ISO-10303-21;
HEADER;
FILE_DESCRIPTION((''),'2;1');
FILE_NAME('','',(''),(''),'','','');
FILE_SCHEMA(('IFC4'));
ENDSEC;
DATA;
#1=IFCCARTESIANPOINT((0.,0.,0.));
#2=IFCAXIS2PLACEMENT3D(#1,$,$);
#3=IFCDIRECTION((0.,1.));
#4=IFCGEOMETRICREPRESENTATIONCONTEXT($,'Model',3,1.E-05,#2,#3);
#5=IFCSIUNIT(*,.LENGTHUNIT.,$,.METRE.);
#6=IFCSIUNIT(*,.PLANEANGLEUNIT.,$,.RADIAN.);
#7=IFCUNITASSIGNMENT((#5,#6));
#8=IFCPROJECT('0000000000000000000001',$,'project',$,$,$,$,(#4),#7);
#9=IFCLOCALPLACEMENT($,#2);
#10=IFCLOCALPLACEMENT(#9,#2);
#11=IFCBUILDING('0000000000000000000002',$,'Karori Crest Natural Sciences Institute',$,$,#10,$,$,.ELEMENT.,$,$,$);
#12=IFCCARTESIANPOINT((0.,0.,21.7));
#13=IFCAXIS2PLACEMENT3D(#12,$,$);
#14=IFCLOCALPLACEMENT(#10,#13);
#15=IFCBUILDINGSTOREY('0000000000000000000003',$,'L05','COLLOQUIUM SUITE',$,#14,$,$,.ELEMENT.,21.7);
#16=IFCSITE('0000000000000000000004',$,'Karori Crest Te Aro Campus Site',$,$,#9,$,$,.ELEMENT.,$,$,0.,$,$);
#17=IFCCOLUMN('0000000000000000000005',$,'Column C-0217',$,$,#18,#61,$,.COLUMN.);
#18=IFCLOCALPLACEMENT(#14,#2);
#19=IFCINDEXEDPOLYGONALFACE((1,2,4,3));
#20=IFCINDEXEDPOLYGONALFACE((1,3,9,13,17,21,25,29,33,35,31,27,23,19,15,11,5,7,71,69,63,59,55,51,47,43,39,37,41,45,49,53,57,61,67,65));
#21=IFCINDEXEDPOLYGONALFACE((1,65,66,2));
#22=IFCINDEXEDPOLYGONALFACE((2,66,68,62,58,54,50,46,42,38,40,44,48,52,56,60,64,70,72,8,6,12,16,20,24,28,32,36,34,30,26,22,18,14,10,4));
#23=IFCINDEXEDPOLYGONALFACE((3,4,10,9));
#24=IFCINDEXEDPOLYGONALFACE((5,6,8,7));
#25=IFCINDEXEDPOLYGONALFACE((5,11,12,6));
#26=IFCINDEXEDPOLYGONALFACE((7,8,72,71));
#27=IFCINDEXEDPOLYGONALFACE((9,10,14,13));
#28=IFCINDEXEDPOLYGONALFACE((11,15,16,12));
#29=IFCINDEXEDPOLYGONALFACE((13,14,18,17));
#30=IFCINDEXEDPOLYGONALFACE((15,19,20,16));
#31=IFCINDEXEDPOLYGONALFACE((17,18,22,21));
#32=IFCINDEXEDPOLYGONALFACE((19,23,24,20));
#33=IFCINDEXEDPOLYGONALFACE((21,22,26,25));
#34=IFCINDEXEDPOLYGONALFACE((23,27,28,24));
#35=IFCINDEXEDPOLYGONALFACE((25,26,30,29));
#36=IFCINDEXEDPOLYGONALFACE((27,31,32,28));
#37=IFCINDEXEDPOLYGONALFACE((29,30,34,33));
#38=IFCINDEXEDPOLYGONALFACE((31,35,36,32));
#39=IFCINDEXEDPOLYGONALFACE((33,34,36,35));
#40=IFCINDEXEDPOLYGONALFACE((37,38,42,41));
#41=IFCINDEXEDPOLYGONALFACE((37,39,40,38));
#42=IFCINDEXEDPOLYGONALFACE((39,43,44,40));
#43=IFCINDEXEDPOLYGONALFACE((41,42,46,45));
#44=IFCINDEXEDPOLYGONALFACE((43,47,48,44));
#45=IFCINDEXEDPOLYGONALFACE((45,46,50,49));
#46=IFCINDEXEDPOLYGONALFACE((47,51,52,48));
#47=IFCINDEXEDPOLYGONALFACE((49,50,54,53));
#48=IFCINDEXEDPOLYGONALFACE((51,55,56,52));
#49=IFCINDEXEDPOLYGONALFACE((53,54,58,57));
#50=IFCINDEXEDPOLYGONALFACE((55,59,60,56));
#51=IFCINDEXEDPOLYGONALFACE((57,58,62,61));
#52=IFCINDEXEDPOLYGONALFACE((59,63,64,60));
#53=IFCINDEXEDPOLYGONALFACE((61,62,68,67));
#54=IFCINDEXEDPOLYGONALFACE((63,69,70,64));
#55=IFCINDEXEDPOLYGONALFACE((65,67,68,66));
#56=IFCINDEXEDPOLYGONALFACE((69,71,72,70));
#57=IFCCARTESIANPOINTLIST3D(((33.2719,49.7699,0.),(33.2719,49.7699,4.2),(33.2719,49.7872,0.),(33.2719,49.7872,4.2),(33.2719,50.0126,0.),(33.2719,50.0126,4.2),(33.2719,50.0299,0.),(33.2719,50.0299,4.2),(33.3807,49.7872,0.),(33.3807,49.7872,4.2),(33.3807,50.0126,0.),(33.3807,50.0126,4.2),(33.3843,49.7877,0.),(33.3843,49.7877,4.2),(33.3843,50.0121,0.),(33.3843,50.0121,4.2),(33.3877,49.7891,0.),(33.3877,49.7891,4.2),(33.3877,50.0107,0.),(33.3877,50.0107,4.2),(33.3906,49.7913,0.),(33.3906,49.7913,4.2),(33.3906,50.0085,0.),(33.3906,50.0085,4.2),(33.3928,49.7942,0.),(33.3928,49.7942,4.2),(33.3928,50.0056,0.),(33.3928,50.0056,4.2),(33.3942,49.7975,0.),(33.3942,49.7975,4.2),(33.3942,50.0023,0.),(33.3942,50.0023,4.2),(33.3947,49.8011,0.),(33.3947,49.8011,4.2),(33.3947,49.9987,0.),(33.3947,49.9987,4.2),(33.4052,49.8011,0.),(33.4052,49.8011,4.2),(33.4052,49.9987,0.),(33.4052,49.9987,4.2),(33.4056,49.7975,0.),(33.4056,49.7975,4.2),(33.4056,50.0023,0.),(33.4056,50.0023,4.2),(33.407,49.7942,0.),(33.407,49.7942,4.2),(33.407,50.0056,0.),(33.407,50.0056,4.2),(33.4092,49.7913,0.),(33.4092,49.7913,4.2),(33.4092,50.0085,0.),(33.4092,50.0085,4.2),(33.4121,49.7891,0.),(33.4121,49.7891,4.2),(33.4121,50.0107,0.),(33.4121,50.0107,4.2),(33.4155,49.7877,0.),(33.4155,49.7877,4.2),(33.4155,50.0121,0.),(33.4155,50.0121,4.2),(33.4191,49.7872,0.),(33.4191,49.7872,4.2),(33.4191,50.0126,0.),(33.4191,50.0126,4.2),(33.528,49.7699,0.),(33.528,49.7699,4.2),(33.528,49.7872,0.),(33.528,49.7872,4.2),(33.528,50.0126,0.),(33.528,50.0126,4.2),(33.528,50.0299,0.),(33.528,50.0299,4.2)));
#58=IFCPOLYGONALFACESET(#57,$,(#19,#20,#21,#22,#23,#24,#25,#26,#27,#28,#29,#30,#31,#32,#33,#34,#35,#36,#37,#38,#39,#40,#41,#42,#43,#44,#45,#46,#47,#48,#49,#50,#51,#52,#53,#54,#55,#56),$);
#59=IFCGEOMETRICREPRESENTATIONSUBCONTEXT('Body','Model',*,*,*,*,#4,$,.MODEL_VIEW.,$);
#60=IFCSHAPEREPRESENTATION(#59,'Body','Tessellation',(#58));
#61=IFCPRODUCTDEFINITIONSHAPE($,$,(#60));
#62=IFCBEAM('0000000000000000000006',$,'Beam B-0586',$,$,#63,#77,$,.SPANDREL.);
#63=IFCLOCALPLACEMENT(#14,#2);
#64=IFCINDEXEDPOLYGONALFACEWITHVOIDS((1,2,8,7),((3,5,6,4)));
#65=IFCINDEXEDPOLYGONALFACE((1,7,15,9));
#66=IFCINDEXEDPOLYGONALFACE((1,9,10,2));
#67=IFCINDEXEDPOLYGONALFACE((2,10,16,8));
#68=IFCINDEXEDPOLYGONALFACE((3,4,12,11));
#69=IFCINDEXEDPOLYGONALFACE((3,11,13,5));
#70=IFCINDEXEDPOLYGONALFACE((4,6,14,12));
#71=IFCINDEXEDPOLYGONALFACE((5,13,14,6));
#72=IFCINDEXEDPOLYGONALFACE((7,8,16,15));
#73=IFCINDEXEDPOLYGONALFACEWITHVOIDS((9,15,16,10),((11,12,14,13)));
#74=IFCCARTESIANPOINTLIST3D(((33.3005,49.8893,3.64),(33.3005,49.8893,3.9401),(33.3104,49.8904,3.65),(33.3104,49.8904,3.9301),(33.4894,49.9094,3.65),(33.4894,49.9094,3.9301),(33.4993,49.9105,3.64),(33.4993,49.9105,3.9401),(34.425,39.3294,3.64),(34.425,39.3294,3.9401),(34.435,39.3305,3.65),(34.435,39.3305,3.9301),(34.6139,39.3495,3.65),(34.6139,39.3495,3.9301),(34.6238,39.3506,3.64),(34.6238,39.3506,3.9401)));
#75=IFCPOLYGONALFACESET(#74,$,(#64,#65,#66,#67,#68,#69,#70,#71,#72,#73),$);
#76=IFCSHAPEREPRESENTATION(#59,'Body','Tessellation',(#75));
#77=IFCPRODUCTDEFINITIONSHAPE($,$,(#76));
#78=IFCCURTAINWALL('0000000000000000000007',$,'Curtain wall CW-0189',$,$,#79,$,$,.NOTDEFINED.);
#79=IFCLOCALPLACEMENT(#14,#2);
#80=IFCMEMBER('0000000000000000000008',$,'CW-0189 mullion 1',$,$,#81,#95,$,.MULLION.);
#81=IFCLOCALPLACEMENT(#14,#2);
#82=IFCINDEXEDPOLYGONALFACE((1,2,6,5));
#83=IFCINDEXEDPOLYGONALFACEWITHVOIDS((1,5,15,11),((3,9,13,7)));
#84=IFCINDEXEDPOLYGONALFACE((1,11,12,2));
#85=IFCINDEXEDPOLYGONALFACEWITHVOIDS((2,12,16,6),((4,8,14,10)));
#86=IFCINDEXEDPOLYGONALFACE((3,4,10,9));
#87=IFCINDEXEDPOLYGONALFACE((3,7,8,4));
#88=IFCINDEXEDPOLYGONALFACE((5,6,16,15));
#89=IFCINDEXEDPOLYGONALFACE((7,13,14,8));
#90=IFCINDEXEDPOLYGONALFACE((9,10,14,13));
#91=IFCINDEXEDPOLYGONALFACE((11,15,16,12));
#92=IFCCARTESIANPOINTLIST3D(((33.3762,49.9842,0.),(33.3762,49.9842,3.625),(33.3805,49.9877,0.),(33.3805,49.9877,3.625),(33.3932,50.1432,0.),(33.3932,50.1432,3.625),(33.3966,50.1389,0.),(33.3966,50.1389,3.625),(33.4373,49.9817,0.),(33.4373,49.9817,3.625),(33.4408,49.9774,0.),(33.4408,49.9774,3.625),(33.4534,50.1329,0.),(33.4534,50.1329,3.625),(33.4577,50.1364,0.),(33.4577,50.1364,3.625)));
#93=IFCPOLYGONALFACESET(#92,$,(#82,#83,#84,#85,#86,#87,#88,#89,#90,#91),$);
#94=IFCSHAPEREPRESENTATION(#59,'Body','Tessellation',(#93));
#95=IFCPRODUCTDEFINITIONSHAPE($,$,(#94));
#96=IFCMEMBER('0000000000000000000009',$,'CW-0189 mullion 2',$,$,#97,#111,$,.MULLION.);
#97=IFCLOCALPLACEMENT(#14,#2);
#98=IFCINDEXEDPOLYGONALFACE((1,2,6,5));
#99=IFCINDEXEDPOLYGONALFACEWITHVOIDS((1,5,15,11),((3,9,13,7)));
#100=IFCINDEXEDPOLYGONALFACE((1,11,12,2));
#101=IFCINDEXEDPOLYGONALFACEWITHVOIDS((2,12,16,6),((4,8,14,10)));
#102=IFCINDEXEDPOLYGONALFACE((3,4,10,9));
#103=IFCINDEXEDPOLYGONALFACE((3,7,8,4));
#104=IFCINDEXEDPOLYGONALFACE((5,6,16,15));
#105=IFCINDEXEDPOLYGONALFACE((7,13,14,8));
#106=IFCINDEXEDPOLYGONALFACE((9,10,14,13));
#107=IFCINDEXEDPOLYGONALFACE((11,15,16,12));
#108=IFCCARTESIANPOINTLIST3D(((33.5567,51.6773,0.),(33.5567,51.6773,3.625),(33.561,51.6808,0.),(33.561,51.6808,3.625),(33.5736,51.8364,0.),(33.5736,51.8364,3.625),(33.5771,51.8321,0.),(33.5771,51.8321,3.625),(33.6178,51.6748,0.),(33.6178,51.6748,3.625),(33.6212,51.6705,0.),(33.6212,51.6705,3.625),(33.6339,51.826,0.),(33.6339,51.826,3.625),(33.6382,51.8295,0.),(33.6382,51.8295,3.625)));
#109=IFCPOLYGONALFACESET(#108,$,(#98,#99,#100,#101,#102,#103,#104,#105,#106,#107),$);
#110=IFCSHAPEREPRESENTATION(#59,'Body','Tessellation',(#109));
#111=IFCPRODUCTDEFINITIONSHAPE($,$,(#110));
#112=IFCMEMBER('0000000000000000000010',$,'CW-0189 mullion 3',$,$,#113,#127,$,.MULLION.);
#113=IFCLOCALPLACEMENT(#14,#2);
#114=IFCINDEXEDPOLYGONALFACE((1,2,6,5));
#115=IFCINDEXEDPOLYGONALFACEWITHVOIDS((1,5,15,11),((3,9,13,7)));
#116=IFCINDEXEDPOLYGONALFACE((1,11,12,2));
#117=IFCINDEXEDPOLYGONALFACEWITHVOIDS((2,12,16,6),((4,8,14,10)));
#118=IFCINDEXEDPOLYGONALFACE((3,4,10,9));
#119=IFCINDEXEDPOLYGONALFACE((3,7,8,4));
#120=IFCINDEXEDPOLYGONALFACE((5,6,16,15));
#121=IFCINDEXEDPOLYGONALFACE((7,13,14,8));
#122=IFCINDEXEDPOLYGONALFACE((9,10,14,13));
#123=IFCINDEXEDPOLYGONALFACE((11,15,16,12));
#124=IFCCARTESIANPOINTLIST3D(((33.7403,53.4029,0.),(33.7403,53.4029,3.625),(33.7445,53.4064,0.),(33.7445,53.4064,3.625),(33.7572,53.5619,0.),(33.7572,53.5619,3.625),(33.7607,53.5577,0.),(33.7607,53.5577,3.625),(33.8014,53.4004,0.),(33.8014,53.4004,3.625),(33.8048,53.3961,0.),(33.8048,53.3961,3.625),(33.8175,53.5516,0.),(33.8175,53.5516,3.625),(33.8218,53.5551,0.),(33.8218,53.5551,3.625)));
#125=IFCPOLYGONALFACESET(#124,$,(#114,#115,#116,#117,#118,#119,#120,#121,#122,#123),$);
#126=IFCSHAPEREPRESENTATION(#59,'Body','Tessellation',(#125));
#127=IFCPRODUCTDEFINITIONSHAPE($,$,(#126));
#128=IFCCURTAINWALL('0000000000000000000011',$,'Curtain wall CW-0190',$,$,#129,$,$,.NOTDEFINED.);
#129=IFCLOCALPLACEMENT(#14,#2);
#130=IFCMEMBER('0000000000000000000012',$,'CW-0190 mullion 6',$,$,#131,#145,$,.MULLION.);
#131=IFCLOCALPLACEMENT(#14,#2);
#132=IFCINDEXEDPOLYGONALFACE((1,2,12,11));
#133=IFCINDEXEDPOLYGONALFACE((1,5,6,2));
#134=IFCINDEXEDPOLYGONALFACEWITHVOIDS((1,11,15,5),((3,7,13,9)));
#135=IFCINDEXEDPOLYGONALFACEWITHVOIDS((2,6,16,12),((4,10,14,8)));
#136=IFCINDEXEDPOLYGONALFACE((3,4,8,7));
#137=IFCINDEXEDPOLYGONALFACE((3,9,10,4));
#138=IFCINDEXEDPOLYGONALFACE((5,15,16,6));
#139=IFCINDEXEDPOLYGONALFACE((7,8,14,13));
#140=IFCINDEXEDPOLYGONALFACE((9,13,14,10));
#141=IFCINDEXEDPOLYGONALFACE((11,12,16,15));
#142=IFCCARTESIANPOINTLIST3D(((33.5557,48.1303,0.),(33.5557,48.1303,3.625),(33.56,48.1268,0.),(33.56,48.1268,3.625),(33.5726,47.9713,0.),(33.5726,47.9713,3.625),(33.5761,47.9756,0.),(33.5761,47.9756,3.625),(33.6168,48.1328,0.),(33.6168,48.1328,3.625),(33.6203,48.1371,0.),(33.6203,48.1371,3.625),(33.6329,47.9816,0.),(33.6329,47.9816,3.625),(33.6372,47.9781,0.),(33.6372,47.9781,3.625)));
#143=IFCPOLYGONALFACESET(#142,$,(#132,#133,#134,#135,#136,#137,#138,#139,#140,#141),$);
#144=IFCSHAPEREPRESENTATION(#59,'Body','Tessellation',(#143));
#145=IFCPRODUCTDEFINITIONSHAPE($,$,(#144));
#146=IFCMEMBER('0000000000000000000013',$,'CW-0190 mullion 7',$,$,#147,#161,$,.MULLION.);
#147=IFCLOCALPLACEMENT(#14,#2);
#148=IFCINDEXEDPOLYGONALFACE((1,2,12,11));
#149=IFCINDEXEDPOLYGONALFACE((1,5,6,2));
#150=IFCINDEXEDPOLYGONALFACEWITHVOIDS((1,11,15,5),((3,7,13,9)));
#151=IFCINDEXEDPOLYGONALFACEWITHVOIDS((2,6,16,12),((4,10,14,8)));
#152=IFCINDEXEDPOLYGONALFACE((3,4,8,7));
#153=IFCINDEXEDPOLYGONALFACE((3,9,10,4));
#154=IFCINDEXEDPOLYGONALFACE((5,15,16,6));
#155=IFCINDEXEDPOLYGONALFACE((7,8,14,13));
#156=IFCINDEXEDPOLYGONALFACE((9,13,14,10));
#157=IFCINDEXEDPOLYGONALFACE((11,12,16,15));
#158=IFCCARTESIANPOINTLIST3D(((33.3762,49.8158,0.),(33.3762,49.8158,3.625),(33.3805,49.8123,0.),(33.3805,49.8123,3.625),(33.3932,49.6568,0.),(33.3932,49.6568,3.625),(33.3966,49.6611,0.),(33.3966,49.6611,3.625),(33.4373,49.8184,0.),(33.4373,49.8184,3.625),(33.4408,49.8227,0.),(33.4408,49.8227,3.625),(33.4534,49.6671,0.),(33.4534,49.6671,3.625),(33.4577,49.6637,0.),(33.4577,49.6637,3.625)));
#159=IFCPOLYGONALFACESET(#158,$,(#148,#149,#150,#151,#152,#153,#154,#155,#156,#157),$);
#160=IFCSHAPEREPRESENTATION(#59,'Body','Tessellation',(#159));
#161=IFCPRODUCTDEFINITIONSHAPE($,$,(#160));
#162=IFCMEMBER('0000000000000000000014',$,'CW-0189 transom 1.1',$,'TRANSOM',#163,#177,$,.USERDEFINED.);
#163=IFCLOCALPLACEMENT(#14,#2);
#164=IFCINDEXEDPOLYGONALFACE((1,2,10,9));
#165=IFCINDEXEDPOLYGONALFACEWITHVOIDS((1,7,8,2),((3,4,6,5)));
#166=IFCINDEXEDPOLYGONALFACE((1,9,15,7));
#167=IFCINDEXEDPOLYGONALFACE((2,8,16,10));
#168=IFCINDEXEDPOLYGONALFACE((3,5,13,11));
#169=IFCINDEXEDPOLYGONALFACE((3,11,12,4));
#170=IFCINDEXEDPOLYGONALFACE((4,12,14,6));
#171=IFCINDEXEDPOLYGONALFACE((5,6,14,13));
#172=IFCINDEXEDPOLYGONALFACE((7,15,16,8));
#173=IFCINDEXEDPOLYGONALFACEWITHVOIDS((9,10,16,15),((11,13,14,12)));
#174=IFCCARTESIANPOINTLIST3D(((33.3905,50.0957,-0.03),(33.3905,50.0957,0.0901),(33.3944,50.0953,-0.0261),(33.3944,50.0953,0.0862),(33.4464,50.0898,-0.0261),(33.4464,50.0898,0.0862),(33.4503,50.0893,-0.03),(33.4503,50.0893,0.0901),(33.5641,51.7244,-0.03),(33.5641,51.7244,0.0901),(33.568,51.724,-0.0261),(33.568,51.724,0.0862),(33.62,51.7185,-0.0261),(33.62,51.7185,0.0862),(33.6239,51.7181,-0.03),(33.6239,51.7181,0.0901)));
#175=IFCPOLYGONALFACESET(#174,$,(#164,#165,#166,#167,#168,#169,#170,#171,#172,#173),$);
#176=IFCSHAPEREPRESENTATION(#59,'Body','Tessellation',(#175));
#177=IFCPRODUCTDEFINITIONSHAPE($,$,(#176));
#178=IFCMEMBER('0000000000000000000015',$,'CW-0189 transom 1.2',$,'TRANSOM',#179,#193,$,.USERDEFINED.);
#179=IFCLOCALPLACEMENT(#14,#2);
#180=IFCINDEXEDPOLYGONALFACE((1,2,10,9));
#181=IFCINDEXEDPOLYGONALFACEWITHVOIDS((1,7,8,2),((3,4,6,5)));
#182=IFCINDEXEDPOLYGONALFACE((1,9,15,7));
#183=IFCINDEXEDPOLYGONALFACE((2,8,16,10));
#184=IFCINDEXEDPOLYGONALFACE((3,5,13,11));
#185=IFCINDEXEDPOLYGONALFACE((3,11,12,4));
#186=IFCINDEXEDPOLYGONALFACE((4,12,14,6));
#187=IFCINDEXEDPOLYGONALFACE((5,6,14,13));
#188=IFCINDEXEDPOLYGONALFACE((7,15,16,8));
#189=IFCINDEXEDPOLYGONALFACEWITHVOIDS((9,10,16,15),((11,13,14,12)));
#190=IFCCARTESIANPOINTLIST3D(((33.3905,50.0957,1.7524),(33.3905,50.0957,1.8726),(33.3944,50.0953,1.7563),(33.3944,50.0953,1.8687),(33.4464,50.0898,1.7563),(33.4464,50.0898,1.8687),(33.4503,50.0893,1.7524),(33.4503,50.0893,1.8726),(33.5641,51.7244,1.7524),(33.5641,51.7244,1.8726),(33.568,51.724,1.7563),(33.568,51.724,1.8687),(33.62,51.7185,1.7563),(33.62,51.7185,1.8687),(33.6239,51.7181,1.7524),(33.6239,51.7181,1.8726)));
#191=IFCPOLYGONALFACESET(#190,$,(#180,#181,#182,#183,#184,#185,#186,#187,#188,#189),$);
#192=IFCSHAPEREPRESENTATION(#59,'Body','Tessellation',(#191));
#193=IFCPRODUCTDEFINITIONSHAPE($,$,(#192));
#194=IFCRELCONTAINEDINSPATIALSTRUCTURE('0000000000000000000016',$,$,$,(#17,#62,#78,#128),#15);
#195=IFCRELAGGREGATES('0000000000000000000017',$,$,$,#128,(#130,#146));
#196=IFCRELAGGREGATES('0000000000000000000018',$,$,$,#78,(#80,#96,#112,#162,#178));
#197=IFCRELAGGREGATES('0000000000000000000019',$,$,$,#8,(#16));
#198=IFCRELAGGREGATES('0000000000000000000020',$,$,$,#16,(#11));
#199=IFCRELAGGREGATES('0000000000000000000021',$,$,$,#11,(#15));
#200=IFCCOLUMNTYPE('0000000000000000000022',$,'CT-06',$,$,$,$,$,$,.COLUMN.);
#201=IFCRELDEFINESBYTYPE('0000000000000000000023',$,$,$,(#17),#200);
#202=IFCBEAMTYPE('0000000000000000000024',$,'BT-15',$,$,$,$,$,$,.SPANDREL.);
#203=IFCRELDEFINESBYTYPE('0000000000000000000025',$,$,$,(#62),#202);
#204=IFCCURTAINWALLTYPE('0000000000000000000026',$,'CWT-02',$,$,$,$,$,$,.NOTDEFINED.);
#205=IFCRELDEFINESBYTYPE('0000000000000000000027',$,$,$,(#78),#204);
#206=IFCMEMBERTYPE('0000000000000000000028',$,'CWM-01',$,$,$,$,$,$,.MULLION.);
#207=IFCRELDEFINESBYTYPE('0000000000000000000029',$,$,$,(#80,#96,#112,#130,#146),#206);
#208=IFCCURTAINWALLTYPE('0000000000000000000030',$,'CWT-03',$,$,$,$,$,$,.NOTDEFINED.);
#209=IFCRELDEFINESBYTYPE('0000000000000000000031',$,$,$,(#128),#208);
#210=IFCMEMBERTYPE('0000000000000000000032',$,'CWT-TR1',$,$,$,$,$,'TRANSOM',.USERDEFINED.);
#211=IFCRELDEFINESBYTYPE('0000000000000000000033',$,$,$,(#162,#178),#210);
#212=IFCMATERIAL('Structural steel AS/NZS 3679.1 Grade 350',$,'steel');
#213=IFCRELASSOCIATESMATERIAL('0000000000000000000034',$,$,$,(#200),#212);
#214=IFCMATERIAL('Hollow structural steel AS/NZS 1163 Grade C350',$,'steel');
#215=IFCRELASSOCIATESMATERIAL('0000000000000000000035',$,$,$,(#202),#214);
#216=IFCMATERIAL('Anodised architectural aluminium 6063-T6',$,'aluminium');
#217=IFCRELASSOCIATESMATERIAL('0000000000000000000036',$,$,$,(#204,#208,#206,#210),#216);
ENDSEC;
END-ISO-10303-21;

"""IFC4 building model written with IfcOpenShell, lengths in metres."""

from ifc_helpers import new_model, si_unit, direction, frame, origin, origin_2d, place, context, subcontext, project, spatial, hollow_rectangle, i_section, extrude, material, material_profile, profile_set, type_object, element, aggregate, save


model = new_model("IFC4")

# Units and contexts
model_context = context("Model", 3, precision=1e-05, world=origin(), true_north=direction((0.0, 1.0)))
body_context = subcontext(model_context, "Body", "Model", "MODEL_VIEW")
ifc_project = project(units=[si_unit("LENGTHUNIT", "METRE"), si_unit("PLANEANGLEUNIT", "RADIAN")], contexts=[model_context])

# Site, building, storey
site_placement = place(None, origin())
site = spatial("IfcSite", under=ifc_project, at=site_placement, Name="Karori Crest Te Aro Campus Site", CompositionType="ELEMENT", RefElevation=0.0)
building_placement = place(site_placement, origin())
building = spatial("IfcBuilding", under=site, at=building_placement, Name="Karori Crest Natural Sciences Institute", CompositionType="ELEMENT")
storey_placement = place(building_placement, frame((0.0, 0.0, 21.7)))
storey = spatial("IfcBuildingStorey", under=building, at=storey_placement, Name="L05", Description="COLLOQUIUM SUITE", CompositionType="ELEMENT", Elevation=21.7)

# Column
ifc_material_1 = material(Name="Structural steel AS/NZS 3679.1 Grade 350", Category="steel")
ifc_material_profile_1 = material_profile(ifc_material_1, i_section(OverallWidth=0.2561, OverallDepth=0.26, WebThickness=0.0105, FlangeThickness=0.0173, FilletRadius=0.0139, at=origin_2d()), Name="250UC89.5")
ifc_profile_set_1 = profile_set([ifc_material_profile_1], Name="Structural steel AS/NZS 3679.1 Grade 350")
column_type = type_object("IfcColumnType", Name="CT-06", PredefinedType="COLUMN", material=ifc_profile_set_1)
column_placement = place(storey_placement, frame((33.3999, 49.8999, 0.0), z_axis=(0.0, 0.0, 1.0), x_axis=(1.0, 0.0, 0.0)))
element("IfcColumn", 1, at=column_placement, inside=storey, type_object=column_type, Name="Column C-0217", PredefinedType="COLUMN", context=body_context, shape_type="SweptSolid", body=[
    extrude(i_section(OverallWidth=0.2561, OverallDepth=0.26, WebThickness=0.0105, FlangeThickness=0.0173, FilletRadius=0.0139, at=origin_2d()), origin(), (0.0, 0.0, 1.0), 4.2),
])

# Beam
ifc_material_2 = material(Name="Hollow structural steel AS/NZS 1163 Grade C350", Category="steel")
ifc_material_profile_2 = material_profile(ifc_material_2, hollow_rectangle(XDim=0.2, YDim=0.3, WallThickness=0.01, at=origin_2d()), Name="RHS300x200x10")
ifc_profile_set_2 = profile_set([ifc_material_profile_2], Name="Hollow structural steel AS/NZS 1163 Grade C350")
beam_type = type_object("IfcBeamType", Name="BT-15", PredefinedType="SPANDREL", material=ifc_profile_set_2)
beam_placement = place(storey_placement, frame((33.3999, 49.8999, 3.79), z_axis=(0.105891, -0.994378, 0.0), x_axis=(0.994378, 0.105891, 0.0)))
element("IfcBeam", 2, at=beam_placement, inside=storey, type_object=beam_type, Name="Beam B-0586", PredefinedType="SPANDREL", context=body_context, shape_type="SweptSolid", body=[
    extrude(hollow_rectangle(XDim=0.2, YDim=0.3, WallThickness=0.01, at=origin_2d()), origin(), (0.0, 0.0, 1.0), 10.6196),
])

# Curtain walls, members
ifc_material_3 = material(Name="Anodised architectural aluminium 6063-T6", Category="aluminium")
curtain_wall_type_1 = type_object("IfcCurtainWallType", Name="CWT-02", PredefinedType="NOTDEFINED", material=ifc_material_3)
curtain_wall_1_placement = place(storey_placement, origin())
curtain_wall_1 = element("IfcCurtainWall", 3, at=curtain_wall_1_placement, inside=storey, type_object=curtain_wall_type_1, Name="Curtain wall CW-0189", PredefinedType="NOTDEFINED")
ifc_material_profile_3 = material_profile(ifc_material_3, hollow_rectangle(XDim=0.0649, YDim=0.1599, WallThickness=0.0039, at=origin_2d()), Name="CWM160x65x4")
ifc_profile_set_3 = profile_set([ifc_material_profile_3], Name="Anodised architectural aluminium 6063-T6")
member_type_1 = type_object("IfcMemberType", Name="CWM-01", PredefinedType="MULLION", material=ifc_profile_set_3)
member_1_placement = place(storey_placement, frame((33.417, 50.0603, 0.0), z_axis=(0.0, 0.0, 1.0), x_axis=(-0.994378, 0.105886, 0.0)))
member_1 = element("IfcMember", 4, at=member_1_placement, type_object=member_type_1, Name="CW-0189 mullion 1", PredefinedType="MULLION", context=body_context, shape_type="SweptSolid", body=[
    extrude(hollow_rectangle(XDim=0.0649, YDim=0.1599, WallThickness=0.0039, at=origin_2d()), origin(), (0.0, 0.0, 1.0), 3.625),
])
member_2_placement = place(storey_placement, frame((33.5974, 51.7534, 0.0), z_axis=(0.0, 0.0, 1.0), x_axis=(-0.994378, 0.105886, 0.0)))
member_2 = element("IfcMember", 5, at=member_2_placement, type_object=member_type_1, Name="CW-0189 mullion 2", PredefinedType="MULLION", context=body_context, shape_type="SweptSolid", body=[
    extrude(hollow_rectangle(XDim=0.0649, YDim=0.1599, WallThickness=0.0039, at=origin_2d()), origin(), (0.0, 0.0, 1.0), 3.625),
])
member_3_placement = place(storey_placement, frame((33.781, 53.479, 0.0), z_axis=(0.0, 0.0, 1.0), x_axis=(-0.994378, 0.105886, 0.0)))
member_3 = element("IfcMember", 6, at=member_3_placement, type_object=member_type_1, Name="CW-0189 mullion 3", PredefinedType="MULLION", context=body_context, shape_type="SweptSolid", body=[
    extrude(hollow_rectangle(XDim=0.0649, YDim=0.1599, WallThickness=0.0039, at=origin_2d()), origin(), (0.0, 0.0, 1.0), 3.625),
])
curtain_wall_type_2 = type_object("IfcCurtainWallType", Name="CWT-03", PredefinedType="NOTDEFINED", material=ifc_material_3)
curtain_wall_2_placement = place(storey_placement, origin())
curtain_wall_2 = element("IfcCurtainWall", 7, at=curtain_wall_2_placement, inside=storey, type_object=curtain_wall_type_2, Name="Curtain wall CW-0190", PredefinedType="NOTDEFINED")
member_4_placement = place(storey_placement, frame((33.5964, 48.0542, 0.0), z_axis=(0.0, 0.0, 1.0), x_axis=(-0.994378, -0.105884, 0.0)))
member_4 = element("IfcMember", 8, at=member_4_placement, type_object=member_type_1, Name="CW-0190 mullion 6", PredefinedType="MULLION", context=body_context, shape_type="SweptSolid", body=[
    extrude(hollow_rectangle(XDim=0.0649, YDim=0.1599, WallThickness=0.0039, at=origin_2d()), origin(), (0.0, 0.0, 1.0), 3.625),
])
member_5_placement = place(storey_placement, frame((33.417, 49.7397, 0.0), z_axis=(0.0, 0.0, 1.0), x_axis=(-0.994378, -0.105884, 0.0)))
member_5 = element("IfcMember", 9, at=member_5_placement, type_object=member_type_1, Name="CW-0190 mullion 7", PredefinedType="MULLION", context=body_context, shape_type="SweptSolid", body=[
    extrude(hollow_rectangle(XDim=0.0649, YDim=0.1599, WallThickness=0.0039, at=origin_2d()), origin(), (0.0, 0.0, 1.0), 3.625),
])

# Members
ifc_material_profile_4 = material_profile(ifc_material_3, hollow_rectangle(XDim=0.0601, YDim=0.1201, WallThickness=0.0039, at=origin_2d()), Name="CWT120x60x4")
ifc_profile_set_4 = profile_set([ifc_material_profile_4], Name="Anodised architectural aluminium 6063-T6")
member_type_2 = type_object("IfcMemberType", Name="CWT-TR1", ElementType="TRANSOM", PredefinedType="USERDEFINED", material=ifc_profile_set_4)
member_6_placement = place(storey_placement, frame((33.4204, 50.0925, 0.03), z_axis=(0.10598, 0.994368, 0.0), x_axis=(-0.994368, 0.10598, 0.0)))
member_6 = element("IfcMember", 10, at=member_6_placement, type_object=member_type_2, Name="CW-0189 transom 1.1", ObjectType="TRANSOM", PredefinedType="USERDEFINED", context=body_context, shape_type="SweptSolid", body=[
    extrude(hollow_rectangle(XDim=0.0601, YDim=0.1201, WallThickness=0.0039, at=origin_2d()), origin(), (0.0, 0.0, 1.0), 1.6379),
])
member_7_placement = place(storey_placement, frame((33.4204, 50.0925, 1.8125), z_axis=(0.10598, 0.994368, 0.0), x_axis=(-0.994368, 0.10598, 0.0)))
member_7 = element("IfcMember", 11, at=member_7_placement, type_object=member_type_2, Name="CW-0189 transom 1.2", ObjectType="TRANSOM", PredefinedType="USERDEFINED", context=body_context, shape_type="SweptSolid", body=[
    extrude(hollow_rectangle(XDim=0.0601, YDim=0.1201, WallThickness=0.0039, at=origin_2d()), origin(), (0.0, 0.0, 1.0), 1.6379),
])

aggregate(curtain_wall_2, [member_4, member_5])
aggregate(curtain_wall_1, [member_1, member_2, member_3, member_6, member_7])

save(model, "model.ifc")
